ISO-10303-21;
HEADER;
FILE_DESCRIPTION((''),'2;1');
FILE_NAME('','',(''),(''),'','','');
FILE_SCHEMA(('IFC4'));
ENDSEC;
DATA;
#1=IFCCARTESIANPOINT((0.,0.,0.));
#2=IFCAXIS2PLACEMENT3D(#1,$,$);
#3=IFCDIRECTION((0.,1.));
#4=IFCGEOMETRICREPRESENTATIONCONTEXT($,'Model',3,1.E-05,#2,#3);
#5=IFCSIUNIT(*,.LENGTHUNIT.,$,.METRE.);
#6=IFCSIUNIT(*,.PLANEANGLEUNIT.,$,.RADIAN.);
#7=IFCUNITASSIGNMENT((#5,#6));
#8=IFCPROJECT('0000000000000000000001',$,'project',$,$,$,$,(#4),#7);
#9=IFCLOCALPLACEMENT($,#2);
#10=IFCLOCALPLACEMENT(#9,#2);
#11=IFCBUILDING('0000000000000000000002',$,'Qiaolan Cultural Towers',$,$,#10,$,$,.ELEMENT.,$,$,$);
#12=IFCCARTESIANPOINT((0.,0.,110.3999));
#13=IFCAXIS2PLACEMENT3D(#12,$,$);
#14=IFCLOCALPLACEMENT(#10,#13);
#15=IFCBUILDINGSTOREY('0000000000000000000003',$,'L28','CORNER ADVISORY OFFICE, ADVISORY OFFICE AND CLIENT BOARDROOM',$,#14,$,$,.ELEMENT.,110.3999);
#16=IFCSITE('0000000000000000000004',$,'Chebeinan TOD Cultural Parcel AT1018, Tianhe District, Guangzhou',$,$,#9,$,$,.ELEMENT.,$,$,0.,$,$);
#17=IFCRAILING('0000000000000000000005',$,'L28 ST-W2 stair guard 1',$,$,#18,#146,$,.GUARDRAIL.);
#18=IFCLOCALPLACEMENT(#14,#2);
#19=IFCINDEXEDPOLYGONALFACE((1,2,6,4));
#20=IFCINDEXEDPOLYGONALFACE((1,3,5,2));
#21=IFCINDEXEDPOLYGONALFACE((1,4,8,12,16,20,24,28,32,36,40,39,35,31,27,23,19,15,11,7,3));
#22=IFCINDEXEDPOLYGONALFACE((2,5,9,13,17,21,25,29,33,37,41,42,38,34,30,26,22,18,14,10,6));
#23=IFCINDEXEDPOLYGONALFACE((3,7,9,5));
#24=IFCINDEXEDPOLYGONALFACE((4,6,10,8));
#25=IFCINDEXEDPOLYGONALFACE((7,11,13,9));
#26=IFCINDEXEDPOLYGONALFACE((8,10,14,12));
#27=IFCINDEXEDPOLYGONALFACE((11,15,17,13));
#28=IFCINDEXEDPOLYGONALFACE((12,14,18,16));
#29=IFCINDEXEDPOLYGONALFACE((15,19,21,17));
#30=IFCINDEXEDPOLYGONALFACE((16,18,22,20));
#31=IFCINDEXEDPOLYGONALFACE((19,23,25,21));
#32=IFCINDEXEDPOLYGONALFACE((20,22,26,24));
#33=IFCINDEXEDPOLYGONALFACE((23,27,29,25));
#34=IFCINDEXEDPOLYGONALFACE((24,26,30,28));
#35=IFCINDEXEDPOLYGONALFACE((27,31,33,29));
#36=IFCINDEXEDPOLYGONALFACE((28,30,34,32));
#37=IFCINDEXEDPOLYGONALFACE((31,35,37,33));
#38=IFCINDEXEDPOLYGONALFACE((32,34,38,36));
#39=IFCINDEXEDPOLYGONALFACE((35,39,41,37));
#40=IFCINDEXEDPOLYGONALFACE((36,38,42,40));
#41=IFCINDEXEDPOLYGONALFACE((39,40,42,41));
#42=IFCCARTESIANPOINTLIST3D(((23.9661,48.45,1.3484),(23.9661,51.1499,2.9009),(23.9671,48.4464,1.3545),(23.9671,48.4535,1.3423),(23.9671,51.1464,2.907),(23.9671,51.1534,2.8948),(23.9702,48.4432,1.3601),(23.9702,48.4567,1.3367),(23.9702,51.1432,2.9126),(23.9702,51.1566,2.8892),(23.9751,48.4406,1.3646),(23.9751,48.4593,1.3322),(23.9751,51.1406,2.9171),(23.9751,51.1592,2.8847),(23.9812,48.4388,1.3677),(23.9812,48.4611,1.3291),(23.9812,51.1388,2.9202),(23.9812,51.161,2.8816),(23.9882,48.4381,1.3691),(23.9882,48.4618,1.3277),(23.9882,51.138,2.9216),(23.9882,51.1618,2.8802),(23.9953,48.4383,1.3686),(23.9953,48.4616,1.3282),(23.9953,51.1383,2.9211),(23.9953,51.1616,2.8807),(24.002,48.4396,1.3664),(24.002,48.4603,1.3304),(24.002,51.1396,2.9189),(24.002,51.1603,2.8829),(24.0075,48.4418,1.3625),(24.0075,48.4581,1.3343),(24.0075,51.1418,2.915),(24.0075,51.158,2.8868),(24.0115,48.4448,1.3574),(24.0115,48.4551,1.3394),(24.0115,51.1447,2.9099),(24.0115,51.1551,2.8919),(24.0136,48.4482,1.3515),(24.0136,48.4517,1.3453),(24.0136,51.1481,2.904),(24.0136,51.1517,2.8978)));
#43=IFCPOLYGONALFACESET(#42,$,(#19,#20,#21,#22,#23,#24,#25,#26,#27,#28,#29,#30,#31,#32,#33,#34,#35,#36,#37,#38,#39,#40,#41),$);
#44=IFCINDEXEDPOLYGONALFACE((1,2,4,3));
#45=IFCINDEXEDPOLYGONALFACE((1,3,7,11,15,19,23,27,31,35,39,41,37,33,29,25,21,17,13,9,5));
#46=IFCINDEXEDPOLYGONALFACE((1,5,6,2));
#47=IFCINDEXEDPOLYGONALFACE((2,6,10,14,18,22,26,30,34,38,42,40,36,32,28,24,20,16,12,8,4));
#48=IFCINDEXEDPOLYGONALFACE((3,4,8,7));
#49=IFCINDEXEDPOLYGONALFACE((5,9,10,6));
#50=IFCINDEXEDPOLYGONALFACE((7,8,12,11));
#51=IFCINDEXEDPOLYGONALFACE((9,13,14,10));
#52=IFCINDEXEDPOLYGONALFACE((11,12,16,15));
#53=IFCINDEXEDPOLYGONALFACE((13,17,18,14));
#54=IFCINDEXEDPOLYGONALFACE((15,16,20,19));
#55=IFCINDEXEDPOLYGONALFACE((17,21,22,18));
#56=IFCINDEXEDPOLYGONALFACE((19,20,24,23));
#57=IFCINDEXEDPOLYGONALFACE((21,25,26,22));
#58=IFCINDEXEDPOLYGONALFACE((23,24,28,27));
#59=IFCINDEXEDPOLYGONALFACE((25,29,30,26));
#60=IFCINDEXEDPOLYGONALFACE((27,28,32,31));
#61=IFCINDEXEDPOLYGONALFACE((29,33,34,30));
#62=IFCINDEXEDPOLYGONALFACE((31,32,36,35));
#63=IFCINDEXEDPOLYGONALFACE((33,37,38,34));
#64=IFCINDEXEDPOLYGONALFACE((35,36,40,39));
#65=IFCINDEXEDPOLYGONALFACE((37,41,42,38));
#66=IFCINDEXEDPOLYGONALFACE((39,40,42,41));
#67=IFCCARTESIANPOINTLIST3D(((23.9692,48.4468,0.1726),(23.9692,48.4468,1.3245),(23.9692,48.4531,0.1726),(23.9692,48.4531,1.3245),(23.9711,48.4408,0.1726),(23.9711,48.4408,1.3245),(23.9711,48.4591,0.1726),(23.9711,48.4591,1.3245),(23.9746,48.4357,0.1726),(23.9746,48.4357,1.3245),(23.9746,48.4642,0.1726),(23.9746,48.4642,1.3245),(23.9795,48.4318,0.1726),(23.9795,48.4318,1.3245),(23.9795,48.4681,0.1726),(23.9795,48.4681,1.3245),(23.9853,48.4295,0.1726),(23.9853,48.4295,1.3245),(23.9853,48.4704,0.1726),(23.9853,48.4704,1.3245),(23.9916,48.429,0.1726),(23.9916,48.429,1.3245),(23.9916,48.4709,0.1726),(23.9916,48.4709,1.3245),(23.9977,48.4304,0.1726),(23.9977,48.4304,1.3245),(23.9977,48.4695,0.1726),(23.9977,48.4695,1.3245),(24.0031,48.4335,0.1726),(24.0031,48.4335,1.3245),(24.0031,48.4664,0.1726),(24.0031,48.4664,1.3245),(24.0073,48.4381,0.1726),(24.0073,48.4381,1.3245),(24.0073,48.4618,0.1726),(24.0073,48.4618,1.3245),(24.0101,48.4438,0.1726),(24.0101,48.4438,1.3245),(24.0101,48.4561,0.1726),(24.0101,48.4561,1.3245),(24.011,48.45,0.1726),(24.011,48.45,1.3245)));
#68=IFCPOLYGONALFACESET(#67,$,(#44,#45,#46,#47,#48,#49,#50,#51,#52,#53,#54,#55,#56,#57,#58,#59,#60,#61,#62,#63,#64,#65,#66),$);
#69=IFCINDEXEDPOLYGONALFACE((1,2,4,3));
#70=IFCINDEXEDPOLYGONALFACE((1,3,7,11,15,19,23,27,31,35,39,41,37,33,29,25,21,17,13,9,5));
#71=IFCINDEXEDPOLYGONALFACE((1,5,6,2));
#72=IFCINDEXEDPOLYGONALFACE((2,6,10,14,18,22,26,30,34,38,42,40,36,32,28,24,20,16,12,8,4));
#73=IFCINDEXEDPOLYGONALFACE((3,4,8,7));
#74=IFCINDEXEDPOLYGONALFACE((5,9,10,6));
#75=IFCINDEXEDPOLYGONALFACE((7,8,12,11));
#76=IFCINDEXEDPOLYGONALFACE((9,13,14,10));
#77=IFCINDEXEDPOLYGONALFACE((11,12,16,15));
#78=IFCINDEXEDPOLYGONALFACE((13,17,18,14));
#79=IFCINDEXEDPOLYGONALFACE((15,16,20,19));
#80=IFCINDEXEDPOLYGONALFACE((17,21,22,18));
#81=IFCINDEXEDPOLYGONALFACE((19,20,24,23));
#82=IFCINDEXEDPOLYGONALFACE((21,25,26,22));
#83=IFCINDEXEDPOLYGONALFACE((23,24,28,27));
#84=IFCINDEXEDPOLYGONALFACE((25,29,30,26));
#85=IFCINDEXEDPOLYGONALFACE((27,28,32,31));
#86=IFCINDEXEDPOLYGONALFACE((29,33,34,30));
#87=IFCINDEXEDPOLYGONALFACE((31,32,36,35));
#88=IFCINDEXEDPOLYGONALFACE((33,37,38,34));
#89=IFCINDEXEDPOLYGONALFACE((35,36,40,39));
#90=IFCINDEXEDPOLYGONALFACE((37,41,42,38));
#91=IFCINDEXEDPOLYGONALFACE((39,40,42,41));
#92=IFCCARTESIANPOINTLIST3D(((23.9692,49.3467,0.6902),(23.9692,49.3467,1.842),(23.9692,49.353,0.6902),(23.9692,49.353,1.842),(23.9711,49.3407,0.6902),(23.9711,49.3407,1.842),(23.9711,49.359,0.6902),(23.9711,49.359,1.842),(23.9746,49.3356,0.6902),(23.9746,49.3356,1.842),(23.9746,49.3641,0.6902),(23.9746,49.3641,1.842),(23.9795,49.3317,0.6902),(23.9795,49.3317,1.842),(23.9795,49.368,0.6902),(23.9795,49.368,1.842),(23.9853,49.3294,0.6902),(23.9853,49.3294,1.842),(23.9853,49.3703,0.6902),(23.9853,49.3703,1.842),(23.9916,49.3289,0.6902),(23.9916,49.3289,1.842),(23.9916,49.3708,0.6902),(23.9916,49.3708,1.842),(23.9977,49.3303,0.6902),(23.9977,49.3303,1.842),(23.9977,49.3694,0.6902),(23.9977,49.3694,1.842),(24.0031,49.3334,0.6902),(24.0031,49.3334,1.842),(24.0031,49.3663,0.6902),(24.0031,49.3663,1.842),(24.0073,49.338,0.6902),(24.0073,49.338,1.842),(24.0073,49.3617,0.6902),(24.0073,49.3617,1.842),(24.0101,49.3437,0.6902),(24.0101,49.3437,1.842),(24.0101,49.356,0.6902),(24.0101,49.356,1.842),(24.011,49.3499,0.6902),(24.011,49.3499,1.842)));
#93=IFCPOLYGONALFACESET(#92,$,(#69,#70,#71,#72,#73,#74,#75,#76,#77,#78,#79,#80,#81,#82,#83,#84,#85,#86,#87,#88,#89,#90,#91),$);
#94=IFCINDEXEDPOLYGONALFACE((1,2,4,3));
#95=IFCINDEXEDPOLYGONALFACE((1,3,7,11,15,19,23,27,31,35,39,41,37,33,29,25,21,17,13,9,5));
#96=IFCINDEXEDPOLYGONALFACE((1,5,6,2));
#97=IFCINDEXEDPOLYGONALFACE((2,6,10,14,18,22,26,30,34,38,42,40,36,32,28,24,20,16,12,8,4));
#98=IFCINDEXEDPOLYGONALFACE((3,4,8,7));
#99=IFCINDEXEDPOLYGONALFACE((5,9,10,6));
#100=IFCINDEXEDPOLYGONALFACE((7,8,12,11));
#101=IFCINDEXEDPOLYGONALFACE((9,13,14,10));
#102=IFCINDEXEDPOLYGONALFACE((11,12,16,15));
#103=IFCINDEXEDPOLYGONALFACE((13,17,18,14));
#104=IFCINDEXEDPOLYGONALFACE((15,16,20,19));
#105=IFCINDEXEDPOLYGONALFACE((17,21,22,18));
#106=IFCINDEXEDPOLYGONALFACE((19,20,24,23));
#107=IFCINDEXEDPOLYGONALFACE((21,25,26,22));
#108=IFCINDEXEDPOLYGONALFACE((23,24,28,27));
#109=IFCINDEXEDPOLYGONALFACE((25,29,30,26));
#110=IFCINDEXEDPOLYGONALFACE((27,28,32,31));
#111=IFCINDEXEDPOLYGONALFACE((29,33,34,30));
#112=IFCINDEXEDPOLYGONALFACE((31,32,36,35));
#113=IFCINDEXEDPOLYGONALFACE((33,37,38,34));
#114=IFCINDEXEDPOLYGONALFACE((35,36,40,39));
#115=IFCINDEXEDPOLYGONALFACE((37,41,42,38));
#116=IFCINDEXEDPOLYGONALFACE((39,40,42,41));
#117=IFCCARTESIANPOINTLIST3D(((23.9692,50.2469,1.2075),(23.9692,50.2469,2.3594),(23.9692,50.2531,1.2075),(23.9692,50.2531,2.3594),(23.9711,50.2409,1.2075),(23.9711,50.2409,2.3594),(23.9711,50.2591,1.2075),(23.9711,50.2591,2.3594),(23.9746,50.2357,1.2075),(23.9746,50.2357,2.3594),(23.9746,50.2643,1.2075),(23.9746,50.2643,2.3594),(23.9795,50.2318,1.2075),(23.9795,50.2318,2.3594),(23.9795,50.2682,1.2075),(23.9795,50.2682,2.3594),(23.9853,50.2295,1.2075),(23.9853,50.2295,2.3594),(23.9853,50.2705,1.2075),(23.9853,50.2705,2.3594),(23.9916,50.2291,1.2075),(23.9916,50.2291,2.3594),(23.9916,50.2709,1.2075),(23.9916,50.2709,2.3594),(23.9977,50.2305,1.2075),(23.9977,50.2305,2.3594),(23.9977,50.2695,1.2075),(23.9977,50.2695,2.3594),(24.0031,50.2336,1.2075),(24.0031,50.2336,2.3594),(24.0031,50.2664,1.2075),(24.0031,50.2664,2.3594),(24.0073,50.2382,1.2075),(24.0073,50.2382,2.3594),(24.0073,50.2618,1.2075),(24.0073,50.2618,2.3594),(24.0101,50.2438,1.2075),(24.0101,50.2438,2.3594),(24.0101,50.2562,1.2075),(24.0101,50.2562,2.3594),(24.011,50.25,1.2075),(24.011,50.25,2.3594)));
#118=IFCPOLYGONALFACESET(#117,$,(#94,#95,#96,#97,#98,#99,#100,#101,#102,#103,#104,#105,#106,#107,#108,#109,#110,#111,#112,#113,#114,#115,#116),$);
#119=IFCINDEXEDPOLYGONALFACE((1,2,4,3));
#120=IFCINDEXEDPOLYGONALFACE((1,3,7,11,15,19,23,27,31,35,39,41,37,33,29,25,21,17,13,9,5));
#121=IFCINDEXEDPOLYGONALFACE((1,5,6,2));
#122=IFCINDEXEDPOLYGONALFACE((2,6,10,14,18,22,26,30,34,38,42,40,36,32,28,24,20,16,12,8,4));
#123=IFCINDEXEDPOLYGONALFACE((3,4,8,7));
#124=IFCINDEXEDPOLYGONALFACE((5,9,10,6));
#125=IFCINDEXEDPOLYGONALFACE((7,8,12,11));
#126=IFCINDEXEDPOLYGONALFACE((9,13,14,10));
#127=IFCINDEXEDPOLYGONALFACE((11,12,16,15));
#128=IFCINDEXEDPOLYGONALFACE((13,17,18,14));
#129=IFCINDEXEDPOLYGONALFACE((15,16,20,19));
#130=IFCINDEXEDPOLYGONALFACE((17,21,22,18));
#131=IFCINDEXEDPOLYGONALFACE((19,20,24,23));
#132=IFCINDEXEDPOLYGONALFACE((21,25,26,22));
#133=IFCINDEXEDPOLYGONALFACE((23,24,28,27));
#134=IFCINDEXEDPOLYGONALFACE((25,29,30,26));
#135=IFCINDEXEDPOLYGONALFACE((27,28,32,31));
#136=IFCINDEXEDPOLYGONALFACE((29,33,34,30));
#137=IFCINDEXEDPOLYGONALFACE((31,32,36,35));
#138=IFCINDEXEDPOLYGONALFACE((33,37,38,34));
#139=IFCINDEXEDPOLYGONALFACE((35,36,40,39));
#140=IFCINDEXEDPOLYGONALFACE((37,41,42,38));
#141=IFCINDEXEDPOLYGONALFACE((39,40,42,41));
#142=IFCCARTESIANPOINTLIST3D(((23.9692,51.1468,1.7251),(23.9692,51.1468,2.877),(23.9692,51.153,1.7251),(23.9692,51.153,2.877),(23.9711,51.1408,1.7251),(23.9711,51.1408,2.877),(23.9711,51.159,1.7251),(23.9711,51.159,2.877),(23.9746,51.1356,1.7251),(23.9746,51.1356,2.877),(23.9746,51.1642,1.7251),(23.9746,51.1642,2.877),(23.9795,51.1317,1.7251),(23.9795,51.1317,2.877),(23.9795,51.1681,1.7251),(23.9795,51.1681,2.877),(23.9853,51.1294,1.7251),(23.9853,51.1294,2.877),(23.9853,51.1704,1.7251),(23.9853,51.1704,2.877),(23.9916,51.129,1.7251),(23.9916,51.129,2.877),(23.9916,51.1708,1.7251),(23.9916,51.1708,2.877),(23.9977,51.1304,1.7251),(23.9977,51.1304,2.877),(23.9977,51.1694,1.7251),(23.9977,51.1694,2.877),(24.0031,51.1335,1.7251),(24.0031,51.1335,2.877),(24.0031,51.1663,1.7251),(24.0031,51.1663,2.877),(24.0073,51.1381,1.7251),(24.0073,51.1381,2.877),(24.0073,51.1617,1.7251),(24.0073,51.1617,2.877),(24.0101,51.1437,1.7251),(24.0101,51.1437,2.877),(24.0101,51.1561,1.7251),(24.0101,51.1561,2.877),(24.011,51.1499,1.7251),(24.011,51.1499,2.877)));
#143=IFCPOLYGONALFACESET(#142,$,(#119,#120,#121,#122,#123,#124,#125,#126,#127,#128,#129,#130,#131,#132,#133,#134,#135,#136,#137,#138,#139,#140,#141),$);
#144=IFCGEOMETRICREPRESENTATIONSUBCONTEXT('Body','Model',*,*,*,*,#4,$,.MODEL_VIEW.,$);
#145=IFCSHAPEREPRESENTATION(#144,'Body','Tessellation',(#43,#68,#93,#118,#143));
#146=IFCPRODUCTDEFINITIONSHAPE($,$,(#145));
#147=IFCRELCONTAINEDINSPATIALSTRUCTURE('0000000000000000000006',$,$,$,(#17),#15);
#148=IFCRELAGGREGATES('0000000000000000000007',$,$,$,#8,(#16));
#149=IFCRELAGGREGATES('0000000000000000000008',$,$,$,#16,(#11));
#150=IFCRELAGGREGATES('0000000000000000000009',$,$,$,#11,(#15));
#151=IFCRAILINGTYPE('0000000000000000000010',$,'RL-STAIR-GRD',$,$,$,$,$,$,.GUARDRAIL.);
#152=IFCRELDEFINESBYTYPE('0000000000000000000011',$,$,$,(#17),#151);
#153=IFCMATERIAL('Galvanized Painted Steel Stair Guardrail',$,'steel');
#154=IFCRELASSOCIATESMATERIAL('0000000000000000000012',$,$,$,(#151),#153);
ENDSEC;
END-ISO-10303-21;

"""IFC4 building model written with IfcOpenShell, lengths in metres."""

from ifc_helpers import new_model, si_unit, direction, frame, origin, origin_2d, place, context, subcontext, project, spatial, circle, extrude, material, type_object, element, save


model = new_model("IFC4")

# Units and contexts
model_context = context("Model", 3, precision=1e-05, world=origin(), true_north=direction((0.0, 1.0)))
body_context = subcontext(model_context, "Body", "Model", "MODEL_VIEW")
ifc_project = project(units=[si_unit("LENGTHUNIT", "METRE"), si_unit("PLANEANGLEUNIT", "RADIAN")], contexts=[model_context])

# Site, building, storey
site_placement = place(None, origin())
site = spatial("IfcSite", under=ifc_project, at=site_placement, Name="Chebeinan TOD Cultural Parcel AT1018, Tianhe District, Guangzhou", CompositionType="ELEMENT", RefElevation=0.0)
building_placement = place(site_placement, origin())
building = spatial("IfcBuilding", under=site, at=building_placement, Name="Qiaolan Cultural Towers", CompositionType="ELEMENT")
storey_placement = place(building_placement, frame((0.0, 0.0, 110.3999)))
storey = spatial("IfcBuildingStorey", under=building, at=storey_placement, Name="L28", Description="CORNER ADVISORY OFFICE, ADVISORY OFFICE AND CLIENT BOARDROOM", CompositionType="ELEMENT", Elevation=110.3999)

# Railing
ifc_material_1 = material(Name="Galvanized Painted Steel Stair Guardrail", Category="steel")
railing_type_1 = type_object("IfcRailingType", Name="RL-STAIR-GRD", PredefinedType="GUARDRAIL", material=ifc_material_1)
railing_1_placement = place(storey_placement, frame((23.99, 48.45, 0.1726)))
element("IfcRailing", 1, at=railing_1_placement, inside=storey, type_object=railing_type_1, Name="L28 ST-W2 stair guard 1", PredefinedType="GUARDRAIL", context=body_context, shape_type="SweptSolid", body=[
    extrude(circle(Radius=0.0239, at=origin_2d()), frame((0.0, 0.0, 1.1758), z_axis=(0.0, 0.866904, 0.498476), x_axis=(-1.0, 0.0, 0.0)), (0.0, 0.0, 1.0), 3.1145),
    extrude(circle(Radius=0.021, at=origin_2d()), origin(), (0.0, 0.0, 1.0), 1.1519),
    extrude(circle(Radius=0.021, at=origin_2d()), frame((0.0, 0.8999, 0.5176)), (0.0, 0.0, 1.0), 1.1519),
    extrude(circle(Radius=0.021, at=origin_2d()), frame((0.0, 1.8, 1.0349)), (0.0, 0.0, 1.0), 1.1519),
    extrude(circle(Radius=0.021, at=origin_2d()), frame((0.0, 2.7, 1.5525)), (0.0, 0.0, 1.0), 1.1519),
])

save(model, "model.ifc")
